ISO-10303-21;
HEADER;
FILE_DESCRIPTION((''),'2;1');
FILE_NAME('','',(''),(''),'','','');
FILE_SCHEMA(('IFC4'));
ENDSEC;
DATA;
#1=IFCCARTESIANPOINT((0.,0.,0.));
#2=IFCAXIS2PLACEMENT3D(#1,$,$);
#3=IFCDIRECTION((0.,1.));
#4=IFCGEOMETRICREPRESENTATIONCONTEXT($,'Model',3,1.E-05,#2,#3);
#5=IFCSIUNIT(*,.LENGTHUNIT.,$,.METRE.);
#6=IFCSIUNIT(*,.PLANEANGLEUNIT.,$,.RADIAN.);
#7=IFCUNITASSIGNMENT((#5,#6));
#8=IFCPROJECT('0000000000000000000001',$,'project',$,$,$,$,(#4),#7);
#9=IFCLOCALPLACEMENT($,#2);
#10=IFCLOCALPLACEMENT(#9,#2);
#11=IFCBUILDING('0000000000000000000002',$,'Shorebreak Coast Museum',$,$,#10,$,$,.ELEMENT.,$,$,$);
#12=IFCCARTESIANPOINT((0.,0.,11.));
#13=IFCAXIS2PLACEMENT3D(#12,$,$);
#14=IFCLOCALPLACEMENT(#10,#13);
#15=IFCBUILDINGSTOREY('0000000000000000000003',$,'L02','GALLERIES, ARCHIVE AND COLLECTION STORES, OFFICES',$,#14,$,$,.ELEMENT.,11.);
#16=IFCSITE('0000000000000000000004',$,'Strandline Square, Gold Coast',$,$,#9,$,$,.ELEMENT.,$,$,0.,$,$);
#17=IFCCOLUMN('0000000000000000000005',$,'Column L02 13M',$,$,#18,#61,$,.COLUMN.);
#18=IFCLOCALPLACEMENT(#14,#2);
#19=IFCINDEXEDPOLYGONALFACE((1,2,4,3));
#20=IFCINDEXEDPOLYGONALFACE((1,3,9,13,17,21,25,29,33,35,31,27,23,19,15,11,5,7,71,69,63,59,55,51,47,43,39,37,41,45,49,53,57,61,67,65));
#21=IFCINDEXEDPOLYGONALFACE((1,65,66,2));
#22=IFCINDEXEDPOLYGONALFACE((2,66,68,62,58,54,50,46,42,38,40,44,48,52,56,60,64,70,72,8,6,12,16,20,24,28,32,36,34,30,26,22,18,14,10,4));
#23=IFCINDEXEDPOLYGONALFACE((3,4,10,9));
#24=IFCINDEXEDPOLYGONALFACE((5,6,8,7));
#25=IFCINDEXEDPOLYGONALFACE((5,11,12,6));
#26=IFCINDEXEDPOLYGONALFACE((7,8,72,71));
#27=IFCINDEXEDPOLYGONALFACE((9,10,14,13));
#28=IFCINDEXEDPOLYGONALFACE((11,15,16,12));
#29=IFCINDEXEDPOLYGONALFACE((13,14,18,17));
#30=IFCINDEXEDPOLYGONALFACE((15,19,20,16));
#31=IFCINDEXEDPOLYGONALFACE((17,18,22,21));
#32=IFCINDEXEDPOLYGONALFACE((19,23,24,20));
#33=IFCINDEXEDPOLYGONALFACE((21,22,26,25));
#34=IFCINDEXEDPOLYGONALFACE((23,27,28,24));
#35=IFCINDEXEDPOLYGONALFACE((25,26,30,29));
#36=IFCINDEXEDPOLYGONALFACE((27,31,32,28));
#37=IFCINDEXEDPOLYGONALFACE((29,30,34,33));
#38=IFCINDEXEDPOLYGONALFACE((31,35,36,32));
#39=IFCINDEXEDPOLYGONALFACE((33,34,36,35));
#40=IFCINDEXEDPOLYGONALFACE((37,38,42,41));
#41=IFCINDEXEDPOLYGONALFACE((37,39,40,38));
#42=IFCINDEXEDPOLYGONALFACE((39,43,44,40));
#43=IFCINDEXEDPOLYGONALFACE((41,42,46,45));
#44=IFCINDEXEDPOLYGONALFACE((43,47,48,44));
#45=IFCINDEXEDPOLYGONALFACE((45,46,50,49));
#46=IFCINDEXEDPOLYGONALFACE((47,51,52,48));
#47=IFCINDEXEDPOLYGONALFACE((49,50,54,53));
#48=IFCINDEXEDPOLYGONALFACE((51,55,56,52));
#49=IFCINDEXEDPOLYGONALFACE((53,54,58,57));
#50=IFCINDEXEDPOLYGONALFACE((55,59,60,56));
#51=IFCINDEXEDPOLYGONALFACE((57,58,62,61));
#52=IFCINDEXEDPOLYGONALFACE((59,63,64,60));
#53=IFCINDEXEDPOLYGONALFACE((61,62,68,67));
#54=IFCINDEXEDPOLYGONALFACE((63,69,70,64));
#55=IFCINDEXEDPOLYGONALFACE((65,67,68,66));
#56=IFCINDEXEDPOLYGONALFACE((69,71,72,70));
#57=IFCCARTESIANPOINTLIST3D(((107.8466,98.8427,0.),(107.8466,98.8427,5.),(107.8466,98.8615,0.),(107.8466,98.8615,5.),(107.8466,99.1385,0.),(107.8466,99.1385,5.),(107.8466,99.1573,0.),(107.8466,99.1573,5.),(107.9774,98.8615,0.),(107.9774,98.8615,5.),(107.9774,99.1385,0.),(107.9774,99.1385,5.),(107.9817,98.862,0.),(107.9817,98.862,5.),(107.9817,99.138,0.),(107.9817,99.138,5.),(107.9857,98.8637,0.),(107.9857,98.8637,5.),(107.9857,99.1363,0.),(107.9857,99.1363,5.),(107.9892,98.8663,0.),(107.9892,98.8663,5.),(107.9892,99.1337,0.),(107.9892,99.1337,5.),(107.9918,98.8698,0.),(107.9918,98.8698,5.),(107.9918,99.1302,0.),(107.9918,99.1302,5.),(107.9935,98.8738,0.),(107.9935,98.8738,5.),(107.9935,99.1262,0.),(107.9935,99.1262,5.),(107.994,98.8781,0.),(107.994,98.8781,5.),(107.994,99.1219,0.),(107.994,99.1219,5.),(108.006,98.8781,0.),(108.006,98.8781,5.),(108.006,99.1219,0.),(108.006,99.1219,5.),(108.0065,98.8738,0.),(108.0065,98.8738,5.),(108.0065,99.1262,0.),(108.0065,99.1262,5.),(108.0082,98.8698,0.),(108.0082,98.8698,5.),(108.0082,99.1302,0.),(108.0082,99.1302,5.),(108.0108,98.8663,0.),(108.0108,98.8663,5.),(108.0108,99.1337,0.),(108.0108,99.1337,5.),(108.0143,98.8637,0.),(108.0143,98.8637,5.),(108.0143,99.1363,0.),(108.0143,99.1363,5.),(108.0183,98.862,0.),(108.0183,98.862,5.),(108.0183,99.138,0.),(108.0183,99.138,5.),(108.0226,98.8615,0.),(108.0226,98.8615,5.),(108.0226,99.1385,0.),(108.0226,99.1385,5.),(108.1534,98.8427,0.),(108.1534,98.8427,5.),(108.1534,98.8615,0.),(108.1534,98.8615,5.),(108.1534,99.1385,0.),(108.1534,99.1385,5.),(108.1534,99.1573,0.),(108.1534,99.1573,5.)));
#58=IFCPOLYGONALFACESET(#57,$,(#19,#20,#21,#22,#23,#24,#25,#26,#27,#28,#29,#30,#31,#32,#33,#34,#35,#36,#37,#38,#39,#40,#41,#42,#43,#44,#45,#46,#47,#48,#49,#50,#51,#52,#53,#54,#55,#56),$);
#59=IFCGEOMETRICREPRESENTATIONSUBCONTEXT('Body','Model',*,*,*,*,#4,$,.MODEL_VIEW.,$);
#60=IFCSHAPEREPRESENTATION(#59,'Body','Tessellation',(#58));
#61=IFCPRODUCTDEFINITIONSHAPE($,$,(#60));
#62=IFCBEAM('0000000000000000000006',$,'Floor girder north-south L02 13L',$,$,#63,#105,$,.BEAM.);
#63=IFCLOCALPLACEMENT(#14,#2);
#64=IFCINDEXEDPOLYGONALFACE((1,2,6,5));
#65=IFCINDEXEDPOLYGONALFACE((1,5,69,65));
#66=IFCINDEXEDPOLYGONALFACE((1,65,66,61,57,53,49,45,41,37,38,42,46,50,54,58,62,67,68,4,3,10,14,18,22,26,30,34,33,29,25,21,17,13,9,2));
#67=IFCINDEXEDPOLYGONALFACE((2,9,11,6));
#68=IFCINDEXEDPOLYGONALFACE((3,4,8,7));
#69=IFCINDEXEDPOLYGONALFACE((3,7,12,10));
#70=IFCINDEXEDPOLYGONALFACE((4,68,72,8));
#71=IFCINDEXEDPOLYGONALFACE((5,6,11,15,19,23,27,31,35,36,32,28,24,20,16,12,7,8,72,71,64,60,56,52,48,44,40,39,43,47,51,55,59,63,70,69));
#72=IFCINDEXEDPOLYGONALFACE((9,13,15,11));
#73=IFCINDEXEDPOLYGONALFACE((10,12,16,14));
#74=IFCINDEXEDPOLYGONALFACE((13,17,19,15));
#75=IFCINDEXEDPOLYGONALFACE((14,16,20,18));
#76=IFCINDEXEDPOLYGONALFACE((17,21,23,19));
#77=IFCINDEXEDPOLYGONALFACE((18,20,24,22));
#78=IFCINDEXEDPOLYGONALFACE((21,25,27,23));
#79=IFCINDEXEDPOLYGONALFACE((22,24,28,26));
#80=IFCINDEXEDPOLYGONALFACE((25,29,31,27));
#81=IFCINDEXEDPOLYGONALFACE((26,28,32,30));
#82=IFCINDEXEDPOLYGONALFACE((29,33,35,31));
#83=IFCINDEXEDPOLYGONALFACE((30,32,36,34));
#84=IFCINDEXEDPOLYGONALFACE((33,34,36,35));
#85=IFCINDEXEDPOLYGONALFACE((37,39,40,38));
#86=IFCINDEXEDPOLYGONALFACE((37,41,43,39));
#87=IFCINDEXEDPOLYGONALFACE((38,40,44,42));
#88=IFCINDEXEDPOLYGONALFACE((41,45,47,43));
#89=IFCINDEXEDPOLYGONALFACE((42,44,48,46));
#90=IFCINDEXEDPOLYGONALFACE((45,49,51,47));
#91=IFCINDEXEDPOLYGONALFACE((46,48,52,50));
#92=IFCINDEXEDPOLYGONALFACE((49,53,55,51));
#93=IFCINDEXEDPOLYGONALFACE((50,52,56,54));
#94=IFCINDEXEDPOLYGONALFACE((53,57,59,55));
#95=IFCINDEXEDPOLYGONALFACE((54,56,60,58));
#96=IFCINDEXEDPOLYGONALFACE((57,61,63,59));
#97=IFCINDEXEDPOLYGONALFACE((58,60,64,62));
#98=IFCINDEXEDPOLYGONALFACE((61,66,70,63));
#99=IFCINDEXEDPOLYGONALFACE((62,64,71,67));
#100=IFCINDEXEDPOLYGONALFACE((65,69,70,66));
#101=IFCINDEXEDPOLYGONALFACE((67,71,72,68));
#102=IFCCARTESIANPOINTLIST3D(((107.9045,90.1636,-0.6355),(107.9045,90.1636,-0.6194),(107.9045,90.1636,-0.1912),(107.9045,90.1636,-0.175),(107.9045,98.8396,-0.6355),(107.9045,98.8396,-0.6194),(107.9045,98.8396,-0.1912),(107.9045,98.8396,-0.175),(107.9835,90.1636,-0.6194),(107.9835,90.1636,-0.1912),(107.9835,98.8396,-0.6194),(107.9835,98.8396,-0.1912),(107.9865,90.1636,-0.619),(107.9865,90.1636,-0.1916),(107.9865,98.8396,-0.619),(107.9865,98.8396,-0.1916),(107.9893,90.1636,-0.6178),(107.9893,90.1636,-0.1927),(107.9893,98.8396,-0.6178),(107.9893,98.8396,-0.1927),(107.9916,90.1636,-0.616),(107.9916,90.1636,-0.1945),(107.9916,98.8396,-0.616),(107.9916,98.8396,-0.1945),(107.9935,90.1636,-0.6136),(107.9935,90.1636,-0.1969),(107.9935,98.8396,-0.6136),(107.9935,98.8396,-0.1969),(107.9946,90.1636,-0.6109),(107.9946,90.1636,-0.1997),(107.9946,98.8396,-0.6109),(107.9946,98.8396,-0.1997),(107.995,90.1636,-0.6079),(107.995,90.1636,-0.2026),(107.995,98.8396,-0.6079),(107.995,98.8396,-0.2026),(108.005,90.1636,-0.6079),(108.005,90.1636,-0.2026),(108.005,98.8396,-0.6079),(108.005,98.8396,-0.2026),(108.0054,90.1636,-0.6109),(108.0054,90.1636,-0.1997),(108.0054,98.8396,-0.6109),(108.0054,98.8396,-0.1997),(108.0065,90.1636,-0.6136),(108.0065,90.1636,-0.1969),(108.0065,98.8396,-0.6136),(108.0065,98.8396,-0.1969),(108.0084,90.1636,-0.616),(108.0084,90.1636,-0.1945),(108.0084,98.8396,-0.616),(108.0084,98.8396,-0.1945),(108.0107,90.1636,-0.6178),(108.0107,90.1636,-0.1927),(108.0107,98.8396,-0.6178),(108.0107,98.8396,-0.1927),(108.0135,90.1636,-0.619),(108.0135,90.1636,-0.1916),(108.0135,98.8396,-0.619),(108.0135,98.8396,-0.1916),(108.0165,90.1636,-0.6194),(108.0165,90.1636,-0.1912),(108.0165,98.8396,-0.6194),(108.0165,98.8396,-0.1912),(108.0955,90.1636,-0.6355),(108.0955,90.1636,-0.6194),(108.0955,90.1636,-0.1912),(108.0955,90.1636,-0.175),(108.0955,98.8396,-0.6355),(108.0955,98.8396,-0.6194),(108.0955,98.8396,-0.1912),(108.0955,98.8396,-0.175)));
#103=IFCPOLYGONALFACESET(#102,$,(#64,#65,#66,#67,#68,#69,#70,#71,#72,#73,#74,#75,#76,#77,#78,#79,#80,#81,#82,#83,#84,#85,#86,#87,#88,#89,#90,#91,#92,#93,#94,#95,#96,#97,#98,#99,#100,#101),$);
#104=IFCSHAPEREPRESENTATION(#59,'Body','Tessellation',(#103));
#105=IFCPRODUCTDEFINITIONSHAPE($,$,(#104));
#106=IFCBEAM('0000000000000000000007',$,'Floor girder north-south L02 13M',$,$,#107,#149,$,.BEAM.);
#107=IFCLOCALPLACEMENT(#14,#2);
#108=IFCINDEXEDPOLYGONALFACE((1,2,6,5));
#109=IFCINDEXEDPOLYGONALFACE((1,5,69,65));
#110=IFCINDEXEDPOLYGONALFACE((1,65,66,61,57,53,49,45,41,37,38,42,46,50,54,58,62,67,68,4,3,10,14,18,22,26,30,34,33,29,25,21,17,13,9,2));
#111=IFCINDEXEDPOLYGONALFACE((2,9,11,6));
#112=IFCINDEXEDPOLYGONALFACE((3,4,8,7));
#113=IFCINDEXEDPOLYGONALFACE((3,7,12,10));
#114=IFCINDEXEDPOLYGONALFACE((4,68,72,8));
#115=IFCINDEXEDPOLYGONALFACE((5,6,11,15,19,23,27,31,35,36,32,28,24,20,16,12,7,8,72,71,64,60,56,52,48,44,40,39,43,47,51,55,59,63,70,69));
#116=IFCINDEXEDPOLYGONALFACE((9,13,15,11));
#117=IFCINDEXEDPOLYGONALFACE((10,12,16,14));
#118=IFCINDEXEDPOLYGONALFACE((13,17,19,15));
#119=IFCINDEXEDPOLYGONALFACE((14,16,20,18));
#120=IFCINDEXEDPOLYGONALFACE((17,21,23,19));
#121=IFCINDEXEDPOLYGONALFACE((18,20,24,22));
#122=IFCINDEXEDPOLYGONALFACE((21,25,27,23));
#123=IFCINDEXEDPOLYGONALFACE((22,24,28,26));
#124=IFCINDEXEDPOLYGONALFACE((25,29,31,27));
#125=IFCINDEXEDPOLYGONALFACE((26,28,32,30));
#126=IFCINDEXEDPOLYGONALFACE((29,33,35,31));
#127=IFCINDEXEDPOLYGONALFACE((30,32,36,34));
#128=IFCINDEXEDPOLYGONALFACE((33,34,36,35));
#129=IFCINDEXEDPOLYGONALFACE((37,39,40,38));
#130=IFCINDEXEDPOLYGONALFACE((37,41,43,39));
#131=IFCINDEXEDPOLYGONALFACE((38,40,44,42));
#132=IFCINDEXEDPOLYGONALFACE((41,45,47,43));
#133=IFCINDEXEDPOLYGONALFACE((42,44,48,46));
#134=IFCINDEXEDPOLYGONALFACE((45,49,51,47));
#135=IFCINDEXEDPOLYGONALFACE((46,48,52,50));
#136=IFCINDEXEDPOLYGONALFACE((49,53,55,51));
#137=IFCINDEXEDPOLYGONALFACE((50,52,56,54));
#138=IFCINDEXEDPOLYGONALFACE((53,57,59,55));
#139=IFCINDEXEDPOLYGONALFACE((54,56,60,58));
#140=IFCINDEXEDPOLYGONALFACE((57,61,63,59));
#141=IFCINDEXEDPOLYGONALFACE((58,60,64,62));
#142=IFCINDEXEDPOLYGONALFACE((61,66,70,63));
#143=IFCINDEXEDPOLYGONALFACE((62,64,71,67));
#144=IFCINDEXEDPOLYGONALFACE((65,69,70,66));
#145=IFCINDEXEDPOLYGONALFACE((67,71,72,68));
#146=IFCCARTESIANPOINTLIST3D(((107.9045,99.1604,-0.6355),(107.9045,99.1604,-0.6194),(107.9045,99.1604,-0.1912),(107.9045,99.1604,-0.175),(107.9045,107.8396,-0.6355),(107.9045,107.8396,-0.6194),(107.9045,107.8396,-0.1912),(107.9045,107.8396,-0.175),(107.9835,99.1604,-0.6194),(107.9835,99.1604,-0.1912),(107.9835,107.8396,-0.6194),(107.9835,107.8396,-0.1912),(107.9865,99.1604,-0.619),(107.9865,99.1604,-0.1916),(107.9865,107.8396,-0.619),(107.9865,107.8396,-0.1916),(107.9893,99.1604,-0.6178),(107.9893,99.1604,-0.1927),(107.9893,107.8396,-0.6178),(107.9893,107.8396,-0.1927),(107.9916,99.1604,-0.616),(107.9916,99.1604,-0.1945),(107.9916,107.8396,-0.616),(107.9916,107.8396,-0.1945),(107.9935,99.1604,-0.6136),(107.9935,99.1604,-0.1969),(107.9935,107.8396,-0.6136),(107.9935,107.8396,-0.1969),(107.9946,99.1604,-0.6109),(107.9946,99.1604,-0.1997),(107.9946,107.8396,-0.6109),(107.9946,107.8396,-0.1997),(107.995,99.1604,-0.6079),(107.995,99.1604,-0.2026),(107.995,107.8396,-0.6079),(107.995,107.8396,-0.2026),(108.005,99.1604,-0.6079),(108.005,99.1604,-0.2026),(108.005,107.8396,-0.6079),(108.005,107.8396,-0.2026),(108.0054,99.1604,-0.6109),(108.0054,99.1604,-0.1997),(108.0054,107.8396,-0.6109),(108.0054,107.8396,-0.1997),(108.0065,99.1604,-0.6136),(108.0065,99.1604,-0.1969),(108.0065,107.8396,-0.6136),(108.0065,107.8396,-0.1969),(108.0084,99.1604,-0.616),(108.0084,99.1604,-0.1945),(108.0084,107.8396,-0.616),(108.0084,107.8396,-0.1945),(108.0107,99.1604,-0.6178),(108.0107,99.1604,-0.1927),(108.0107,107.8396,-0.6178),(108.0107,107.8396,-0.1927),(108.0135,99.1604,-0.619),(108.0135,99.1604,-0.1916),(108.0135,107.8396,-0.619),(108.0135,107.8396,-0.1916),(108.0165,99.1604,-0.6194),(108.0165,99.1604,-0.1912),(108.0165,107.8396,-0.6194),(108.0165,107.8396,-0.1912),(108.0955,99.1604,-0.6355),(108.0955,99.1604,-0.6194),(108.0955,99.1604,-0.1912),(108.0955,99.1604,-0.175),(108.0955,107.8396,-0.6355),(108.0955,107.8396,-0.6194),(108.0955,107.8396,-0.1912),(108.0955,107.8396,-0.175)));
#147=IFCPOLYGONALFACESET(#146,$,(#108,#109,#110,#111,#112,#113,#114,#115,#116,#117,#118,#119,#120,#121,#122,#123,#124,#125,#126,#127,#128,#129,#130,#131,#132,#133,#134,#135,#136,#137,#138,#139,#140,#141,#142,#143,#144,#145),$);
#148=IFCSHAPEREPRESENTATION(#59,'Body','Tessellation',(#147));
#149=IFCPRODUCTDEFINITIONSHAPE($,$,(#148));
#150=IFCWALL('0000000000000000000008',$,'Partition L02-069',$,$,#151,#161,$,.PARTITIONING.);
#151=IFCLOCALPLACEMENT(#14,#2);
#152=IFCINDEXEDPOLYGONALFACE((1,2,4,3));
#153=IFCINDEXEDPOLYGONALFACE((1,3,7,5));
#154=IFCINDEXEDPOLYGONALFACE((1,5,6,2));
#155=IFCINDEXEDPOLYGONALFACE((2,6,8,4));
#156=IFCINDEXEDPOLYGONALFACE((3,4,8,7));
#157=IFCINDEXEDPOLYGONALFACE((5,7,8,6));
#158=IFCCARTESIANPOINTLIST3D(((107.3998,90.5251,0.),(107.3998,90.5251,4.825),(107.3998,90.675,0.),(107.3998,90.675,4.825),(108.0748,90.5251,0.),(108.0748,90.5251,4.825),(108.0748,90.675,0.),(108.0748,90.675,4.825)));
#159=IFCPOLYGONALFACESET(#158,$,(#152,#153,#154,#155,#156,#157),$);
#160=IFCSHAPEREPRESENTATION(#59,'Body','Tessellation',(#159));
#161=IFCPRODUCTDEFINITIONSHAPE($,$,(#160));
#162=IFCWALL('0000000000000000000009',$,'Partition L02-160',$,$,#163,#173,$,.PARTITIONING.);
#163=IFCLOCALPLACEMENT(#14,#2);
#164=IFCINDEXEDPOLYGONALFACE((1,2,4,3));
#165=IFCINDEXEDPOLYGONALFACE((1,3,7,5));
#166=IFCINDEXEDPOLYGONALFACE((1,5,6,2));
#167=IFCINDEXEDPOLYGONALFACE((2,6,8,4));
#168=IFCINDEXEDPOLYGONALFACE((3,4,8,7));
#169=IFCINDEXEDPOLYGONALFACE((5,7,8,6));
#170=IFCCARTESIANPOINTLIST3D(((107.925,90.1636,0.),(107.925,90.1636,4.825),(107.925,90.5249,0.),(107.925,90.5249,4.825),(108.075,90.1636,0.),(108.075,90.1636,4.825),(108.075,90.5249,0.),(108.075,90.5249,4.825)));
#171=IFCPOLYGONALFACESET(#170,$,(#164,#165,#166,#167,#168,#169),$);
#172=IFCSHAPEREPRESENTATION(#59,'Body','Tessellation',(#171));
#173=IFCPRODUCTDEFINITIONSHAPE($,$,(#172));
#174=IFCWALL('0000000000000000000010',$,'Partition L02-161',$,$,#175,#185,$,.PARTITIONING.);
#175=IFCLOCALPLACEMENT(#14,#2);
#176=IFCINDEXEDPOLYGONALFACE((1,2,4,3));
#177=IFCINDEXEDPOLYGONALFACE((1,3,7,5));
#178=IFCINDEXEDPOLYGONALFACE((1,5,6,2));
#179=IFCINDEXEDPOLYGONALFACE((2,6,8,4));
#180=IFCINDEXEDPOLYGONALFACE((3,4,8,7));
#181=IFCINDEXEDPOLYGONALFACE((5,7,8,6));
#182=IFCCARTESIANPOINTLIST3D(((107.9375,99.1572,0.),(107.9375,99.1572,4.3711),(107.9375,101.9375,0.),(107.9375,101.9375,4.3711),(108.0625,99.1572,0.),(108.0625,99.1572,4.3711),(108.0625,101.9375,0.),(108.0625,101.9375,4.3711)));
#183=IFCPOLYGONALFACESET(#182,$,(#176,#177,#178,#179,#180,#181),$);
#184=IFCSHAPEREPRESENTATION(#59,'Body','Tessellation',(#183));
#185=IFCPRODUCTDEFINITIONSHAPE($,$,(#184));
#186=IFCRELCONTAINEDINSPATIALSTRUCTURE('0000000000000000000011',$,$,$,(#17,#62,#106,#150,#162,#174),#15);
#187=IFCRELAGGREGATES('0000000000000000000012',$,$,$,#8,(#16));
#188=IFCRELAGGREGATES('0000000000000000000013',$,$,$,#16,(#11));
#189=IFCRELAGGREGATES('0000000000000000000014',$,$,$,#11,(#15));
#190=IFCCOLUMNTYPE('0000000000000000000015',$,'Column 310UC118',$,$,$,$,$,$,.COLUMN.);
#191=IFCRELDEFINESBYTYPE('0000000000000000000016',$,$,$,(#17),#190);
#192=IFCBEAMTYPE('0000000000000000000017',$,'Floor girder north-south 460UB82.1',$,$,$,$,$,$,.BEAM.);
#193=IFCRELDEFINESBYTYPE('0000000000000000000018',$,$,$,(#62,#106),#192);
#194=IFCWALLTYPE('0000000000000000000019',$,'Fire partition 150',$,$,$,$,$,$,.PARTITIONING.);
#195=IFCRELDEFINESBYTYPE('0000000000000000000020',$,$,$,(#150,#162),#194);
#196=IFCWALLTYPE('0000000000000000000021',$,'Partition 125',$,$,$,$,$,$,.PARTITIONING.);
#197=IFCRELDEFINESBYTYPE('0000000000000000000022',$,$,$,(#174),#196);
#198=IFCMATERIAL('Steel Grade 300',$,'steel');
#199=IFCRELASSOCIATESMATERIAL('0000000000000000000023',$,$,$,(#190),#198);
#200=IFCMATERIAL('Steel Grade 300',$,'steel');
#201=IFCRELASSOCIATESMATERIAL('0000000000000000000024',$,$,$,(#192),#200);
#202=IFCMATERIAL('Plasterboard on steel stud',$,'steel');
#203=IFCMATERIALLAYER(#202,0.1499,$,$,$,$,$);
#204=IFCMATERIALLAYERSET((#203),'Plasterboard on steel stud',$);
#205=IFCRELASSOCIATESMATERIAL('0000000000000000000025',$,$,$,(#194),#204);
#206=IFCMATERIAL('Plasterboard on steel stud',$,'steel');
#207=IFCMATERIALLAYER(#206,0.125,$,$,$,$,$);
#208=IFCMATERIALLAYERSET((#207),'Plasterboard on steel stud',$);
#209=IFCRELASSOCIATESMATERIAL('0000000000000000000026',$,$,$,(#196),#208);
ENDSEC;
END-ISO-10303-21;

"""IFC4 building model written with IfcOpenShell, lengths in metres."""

from ifc_helpers import new_model, si_unit, direction, frame, frame_2d, origin, origin_2d, place, context, subcontext, project, spatial, rectangle, i_section, extrude, material, layer, layer_set, material_profile, profile_set, type_object, element, save


model = new_model("IFC4")

# Units and contexts
model_context = context("Model", 3, precision=1e-05, world=origin(), true_north=direction((0.0, 1.0)))
body_context = subcontext(model_context, "Body", "Model", "MODEL_VIEW")
ifc_project = project(units=[si_unit("LENGTHUNIT", "METRE"), si_unit("PLANEANGLEUNIT", "RADIAN")], contexts=[model_context])

# Site, building, storey
site_placement = place(None, origin())
site = spatial("IfcSite", under=ifc_project, at=site_placement, Name="Strandline Square, Gold Coast", CompositionType="ELEMENT", RefElevation=0.0)
building_placement = place(site_placement, origin())
building = spatial("IfcBuilding", under=site, at=building_placement, Name="Shorebreak Coast Museum", CompositionType="ELEMENT")
storey_placement = place(building_placement, frame((0.0, 0.0, 11.0)))
storey = spatial("IfcBuildingStorey", under=building, at=storey_placement, Name="L02", Description="GALLERIES, ARCHIVE AND COLLECTION STORES, OFFICES", CompositionType="ELEMENT", Elevation=11.0)

# Column
ifc_material_1 = material(Name="Steel Grade 300", Category="steel")
ifc_material_profile_1 = material_profile(ifc_material_1, i_section(OverallWidth=0.3069, OverallDepth=0.3147, WebThickness=0.012, FlangeThickness=0.0188, FilletRadius=0.0166, at=origin_2d()), Name="310UC118")
ifc_profile_set_1 = profile_set([ifc_material_profile_1], Name="Steel Grade 300")
column_type = type_object("IfcColumnType", Name="Column 310UC118", PredefinedType="COLUMN", material=ifc_profile_set_1)
column_placement = place(storey_placement, frame((108.0, 99.0, 0.0), z_axis=(0.0, 0.0, 1.0), x_axis=(1.0, 0.0, 0.0)))
element("IfcColumn", 1, at=column_placement, inside=storey, type_object=column_type, Name="Column L02 13M", PredefinedType="COLUMN", context=body_context, shape_type="SweptSolid", body=[
    extrude(i_section(OverallWidth=0.3069, OverallDepth=0.3147, WebThickness=0.012, FlangeThickness=0.0188, FilletRadius=0.0166, at=origin_2d()), origin(), (0.0, 0.0, 1.0), 5.0),
])

# Beams
ifc_material_2 = material(Name="Steel Grade 300", Category="steel")
ifc_material_profile_2 = material_profile(ifc_material_2, i_section(OverallWidth=0.1909, OverallDepth=0.4604, WebThickness=0.01, FlangeThickness=0.0161, FilletRadius=0.0115, at=origin_2d()), Name="460UB82.1")
ifc_profile_set_2 = profile_set([ifc_material_profile_2], Name="Steel Grade 300")
beam_type = type_object("IfcBeamType", Name="Floor girder north-south 460UB82.1", PredefinedType="BEAM", material=ifc_profile_set_2)
beam_1_placement = place(storey_placement, frame((108.0, 90.1636, -0.4053), z_axis=(0.0, 1.0, 0.0), x_axis=(-1.0, 0.0, 0.0)))
element("IfcBeam", 2, at=beam_1_placement, inside=storey, type_object=beam_type, Name="Floor girder north-south L02 13L", PredefinedType="BEAM", context=body_context, shape_type="SweptSolid", body=[
    extrude(i_section(OverallWidth=0.1909, OverallDepth=0.4604, WebThickness=0.01, FlangeThickness=0.0161, FilletRadius=0.0115, at=origin_2d()), origin(), (0.0, 0.0, 1.0), 8.676),
])
beam_2_placement = place(storey_placement, frame((108.0, 99.1604, -0.4053), z_axis=(0.0, 1.0, 0.0), x_axis=(-1.0, 0.0, 0.0)))
element("IfcBeam", 3, at=beam_2_placement, inside=storey, type_object=beam_type, Name="Floor girder north-south L02 13M", PredefinedType="BEAM", context=body_context, shape_type="SweptSolid", body=[
    extrude(i_section(OverallWidth=0.1909, OverallDepth=0.4604, WebThickness=0.01, FlangeThickness=0.0161, FilletRadius=0.0115, at=origin_2d()), origin(), (0.0, 0.0, 1.0), 8.6792),
])

# Walls
ifc_material_3 = material(Name="Plasterboard on steel stud", Category="steel")
ifc_layer_1 = layer(ifc_material_3, 0.1499)
ifc_layer_set_1 = layer_set([ifc_layer_1], Name="Plasterboard on steel stud")
wall_type_1 = type_object("IfcWallType", Name="Fire partition 150", PredefinedType="PARTITIONING", material=ifc_layer_set_1)
wall_1_placement = place(storey_placement, frame((107.3999, 90.6001, 0.0), z_axis=(0.0, 0.0, 1.0), x_axis=(1.0, 0.0, 0.0)))
element("IfcWall", 4, at=wall_1_placement, inside=storey, type_object=wall_type_1, Name="Partition L02-069", PredefinedType="PARTITIONING", context=body_context, shape_type="SweptSolid", body=[
    extrude(rectangle(XDim=0.675, YDim=0.1499, at=frame_2d((0.3374, 0.0))), origin(), (0.0, 0.0, 1.0), 4.825),
])
wall_2_placement = place(storey_placement, frame((108.0, 90.1636, 0.0), z_axis=(0.0, 0.0, 1.0), x_axis=(0.0, 1.0, 0.0)))
element("IfcWall", 5, at=wall_2_placement, inside=storey, type_object=wall_type_1, Name="Partition L02-160", PredefinedType="PARTITIONING", context=body_context, shape_type="SweptSolid", body=[
    extrude(rectangle(XDim=0.3613, YDim=0.1499, at=frame_2d((0.1807, 0.0))), origin(), (0.0, 0.0, 1.0), 4.825),
])
ifc_material_4 = material(Name="Plasterboard on steel stud", Category="steel")
ifc_layer_2 = layer(ifc_material_4, 0.125)
ifc_layer_set_2 = layer_set([ifc_layer_2], Name="Plasterboard on steel stud")
wall_type_2 = type_object("IfcWallType", Name="Partition 125", PredefinedType="PARTITIONING", material=ifc_layer_set_2)
wall_3_placement = place(storey_placement, frame((108.0, 99.1572, 0.0), z_axis=(0.0, 0.0, 1.0), x_axis=(0.0, 1.0, 0.0)))
element("IfcWall", 6, at=wall_3_placement, inside=storey, type_object=wall_type_2, Name="Partition L02-161", PredefinedType="PARTITIONING", context=body_context, shape_type="SweptSolid", body=[
    extrude(rectangle(XDim=2.7803, YDim=0.125, at=frame_2d((1.3901, 0.0))), origin(), (0.0, 0.0, 1.0), 4.3711),
])

save(model, "model.ifc")
